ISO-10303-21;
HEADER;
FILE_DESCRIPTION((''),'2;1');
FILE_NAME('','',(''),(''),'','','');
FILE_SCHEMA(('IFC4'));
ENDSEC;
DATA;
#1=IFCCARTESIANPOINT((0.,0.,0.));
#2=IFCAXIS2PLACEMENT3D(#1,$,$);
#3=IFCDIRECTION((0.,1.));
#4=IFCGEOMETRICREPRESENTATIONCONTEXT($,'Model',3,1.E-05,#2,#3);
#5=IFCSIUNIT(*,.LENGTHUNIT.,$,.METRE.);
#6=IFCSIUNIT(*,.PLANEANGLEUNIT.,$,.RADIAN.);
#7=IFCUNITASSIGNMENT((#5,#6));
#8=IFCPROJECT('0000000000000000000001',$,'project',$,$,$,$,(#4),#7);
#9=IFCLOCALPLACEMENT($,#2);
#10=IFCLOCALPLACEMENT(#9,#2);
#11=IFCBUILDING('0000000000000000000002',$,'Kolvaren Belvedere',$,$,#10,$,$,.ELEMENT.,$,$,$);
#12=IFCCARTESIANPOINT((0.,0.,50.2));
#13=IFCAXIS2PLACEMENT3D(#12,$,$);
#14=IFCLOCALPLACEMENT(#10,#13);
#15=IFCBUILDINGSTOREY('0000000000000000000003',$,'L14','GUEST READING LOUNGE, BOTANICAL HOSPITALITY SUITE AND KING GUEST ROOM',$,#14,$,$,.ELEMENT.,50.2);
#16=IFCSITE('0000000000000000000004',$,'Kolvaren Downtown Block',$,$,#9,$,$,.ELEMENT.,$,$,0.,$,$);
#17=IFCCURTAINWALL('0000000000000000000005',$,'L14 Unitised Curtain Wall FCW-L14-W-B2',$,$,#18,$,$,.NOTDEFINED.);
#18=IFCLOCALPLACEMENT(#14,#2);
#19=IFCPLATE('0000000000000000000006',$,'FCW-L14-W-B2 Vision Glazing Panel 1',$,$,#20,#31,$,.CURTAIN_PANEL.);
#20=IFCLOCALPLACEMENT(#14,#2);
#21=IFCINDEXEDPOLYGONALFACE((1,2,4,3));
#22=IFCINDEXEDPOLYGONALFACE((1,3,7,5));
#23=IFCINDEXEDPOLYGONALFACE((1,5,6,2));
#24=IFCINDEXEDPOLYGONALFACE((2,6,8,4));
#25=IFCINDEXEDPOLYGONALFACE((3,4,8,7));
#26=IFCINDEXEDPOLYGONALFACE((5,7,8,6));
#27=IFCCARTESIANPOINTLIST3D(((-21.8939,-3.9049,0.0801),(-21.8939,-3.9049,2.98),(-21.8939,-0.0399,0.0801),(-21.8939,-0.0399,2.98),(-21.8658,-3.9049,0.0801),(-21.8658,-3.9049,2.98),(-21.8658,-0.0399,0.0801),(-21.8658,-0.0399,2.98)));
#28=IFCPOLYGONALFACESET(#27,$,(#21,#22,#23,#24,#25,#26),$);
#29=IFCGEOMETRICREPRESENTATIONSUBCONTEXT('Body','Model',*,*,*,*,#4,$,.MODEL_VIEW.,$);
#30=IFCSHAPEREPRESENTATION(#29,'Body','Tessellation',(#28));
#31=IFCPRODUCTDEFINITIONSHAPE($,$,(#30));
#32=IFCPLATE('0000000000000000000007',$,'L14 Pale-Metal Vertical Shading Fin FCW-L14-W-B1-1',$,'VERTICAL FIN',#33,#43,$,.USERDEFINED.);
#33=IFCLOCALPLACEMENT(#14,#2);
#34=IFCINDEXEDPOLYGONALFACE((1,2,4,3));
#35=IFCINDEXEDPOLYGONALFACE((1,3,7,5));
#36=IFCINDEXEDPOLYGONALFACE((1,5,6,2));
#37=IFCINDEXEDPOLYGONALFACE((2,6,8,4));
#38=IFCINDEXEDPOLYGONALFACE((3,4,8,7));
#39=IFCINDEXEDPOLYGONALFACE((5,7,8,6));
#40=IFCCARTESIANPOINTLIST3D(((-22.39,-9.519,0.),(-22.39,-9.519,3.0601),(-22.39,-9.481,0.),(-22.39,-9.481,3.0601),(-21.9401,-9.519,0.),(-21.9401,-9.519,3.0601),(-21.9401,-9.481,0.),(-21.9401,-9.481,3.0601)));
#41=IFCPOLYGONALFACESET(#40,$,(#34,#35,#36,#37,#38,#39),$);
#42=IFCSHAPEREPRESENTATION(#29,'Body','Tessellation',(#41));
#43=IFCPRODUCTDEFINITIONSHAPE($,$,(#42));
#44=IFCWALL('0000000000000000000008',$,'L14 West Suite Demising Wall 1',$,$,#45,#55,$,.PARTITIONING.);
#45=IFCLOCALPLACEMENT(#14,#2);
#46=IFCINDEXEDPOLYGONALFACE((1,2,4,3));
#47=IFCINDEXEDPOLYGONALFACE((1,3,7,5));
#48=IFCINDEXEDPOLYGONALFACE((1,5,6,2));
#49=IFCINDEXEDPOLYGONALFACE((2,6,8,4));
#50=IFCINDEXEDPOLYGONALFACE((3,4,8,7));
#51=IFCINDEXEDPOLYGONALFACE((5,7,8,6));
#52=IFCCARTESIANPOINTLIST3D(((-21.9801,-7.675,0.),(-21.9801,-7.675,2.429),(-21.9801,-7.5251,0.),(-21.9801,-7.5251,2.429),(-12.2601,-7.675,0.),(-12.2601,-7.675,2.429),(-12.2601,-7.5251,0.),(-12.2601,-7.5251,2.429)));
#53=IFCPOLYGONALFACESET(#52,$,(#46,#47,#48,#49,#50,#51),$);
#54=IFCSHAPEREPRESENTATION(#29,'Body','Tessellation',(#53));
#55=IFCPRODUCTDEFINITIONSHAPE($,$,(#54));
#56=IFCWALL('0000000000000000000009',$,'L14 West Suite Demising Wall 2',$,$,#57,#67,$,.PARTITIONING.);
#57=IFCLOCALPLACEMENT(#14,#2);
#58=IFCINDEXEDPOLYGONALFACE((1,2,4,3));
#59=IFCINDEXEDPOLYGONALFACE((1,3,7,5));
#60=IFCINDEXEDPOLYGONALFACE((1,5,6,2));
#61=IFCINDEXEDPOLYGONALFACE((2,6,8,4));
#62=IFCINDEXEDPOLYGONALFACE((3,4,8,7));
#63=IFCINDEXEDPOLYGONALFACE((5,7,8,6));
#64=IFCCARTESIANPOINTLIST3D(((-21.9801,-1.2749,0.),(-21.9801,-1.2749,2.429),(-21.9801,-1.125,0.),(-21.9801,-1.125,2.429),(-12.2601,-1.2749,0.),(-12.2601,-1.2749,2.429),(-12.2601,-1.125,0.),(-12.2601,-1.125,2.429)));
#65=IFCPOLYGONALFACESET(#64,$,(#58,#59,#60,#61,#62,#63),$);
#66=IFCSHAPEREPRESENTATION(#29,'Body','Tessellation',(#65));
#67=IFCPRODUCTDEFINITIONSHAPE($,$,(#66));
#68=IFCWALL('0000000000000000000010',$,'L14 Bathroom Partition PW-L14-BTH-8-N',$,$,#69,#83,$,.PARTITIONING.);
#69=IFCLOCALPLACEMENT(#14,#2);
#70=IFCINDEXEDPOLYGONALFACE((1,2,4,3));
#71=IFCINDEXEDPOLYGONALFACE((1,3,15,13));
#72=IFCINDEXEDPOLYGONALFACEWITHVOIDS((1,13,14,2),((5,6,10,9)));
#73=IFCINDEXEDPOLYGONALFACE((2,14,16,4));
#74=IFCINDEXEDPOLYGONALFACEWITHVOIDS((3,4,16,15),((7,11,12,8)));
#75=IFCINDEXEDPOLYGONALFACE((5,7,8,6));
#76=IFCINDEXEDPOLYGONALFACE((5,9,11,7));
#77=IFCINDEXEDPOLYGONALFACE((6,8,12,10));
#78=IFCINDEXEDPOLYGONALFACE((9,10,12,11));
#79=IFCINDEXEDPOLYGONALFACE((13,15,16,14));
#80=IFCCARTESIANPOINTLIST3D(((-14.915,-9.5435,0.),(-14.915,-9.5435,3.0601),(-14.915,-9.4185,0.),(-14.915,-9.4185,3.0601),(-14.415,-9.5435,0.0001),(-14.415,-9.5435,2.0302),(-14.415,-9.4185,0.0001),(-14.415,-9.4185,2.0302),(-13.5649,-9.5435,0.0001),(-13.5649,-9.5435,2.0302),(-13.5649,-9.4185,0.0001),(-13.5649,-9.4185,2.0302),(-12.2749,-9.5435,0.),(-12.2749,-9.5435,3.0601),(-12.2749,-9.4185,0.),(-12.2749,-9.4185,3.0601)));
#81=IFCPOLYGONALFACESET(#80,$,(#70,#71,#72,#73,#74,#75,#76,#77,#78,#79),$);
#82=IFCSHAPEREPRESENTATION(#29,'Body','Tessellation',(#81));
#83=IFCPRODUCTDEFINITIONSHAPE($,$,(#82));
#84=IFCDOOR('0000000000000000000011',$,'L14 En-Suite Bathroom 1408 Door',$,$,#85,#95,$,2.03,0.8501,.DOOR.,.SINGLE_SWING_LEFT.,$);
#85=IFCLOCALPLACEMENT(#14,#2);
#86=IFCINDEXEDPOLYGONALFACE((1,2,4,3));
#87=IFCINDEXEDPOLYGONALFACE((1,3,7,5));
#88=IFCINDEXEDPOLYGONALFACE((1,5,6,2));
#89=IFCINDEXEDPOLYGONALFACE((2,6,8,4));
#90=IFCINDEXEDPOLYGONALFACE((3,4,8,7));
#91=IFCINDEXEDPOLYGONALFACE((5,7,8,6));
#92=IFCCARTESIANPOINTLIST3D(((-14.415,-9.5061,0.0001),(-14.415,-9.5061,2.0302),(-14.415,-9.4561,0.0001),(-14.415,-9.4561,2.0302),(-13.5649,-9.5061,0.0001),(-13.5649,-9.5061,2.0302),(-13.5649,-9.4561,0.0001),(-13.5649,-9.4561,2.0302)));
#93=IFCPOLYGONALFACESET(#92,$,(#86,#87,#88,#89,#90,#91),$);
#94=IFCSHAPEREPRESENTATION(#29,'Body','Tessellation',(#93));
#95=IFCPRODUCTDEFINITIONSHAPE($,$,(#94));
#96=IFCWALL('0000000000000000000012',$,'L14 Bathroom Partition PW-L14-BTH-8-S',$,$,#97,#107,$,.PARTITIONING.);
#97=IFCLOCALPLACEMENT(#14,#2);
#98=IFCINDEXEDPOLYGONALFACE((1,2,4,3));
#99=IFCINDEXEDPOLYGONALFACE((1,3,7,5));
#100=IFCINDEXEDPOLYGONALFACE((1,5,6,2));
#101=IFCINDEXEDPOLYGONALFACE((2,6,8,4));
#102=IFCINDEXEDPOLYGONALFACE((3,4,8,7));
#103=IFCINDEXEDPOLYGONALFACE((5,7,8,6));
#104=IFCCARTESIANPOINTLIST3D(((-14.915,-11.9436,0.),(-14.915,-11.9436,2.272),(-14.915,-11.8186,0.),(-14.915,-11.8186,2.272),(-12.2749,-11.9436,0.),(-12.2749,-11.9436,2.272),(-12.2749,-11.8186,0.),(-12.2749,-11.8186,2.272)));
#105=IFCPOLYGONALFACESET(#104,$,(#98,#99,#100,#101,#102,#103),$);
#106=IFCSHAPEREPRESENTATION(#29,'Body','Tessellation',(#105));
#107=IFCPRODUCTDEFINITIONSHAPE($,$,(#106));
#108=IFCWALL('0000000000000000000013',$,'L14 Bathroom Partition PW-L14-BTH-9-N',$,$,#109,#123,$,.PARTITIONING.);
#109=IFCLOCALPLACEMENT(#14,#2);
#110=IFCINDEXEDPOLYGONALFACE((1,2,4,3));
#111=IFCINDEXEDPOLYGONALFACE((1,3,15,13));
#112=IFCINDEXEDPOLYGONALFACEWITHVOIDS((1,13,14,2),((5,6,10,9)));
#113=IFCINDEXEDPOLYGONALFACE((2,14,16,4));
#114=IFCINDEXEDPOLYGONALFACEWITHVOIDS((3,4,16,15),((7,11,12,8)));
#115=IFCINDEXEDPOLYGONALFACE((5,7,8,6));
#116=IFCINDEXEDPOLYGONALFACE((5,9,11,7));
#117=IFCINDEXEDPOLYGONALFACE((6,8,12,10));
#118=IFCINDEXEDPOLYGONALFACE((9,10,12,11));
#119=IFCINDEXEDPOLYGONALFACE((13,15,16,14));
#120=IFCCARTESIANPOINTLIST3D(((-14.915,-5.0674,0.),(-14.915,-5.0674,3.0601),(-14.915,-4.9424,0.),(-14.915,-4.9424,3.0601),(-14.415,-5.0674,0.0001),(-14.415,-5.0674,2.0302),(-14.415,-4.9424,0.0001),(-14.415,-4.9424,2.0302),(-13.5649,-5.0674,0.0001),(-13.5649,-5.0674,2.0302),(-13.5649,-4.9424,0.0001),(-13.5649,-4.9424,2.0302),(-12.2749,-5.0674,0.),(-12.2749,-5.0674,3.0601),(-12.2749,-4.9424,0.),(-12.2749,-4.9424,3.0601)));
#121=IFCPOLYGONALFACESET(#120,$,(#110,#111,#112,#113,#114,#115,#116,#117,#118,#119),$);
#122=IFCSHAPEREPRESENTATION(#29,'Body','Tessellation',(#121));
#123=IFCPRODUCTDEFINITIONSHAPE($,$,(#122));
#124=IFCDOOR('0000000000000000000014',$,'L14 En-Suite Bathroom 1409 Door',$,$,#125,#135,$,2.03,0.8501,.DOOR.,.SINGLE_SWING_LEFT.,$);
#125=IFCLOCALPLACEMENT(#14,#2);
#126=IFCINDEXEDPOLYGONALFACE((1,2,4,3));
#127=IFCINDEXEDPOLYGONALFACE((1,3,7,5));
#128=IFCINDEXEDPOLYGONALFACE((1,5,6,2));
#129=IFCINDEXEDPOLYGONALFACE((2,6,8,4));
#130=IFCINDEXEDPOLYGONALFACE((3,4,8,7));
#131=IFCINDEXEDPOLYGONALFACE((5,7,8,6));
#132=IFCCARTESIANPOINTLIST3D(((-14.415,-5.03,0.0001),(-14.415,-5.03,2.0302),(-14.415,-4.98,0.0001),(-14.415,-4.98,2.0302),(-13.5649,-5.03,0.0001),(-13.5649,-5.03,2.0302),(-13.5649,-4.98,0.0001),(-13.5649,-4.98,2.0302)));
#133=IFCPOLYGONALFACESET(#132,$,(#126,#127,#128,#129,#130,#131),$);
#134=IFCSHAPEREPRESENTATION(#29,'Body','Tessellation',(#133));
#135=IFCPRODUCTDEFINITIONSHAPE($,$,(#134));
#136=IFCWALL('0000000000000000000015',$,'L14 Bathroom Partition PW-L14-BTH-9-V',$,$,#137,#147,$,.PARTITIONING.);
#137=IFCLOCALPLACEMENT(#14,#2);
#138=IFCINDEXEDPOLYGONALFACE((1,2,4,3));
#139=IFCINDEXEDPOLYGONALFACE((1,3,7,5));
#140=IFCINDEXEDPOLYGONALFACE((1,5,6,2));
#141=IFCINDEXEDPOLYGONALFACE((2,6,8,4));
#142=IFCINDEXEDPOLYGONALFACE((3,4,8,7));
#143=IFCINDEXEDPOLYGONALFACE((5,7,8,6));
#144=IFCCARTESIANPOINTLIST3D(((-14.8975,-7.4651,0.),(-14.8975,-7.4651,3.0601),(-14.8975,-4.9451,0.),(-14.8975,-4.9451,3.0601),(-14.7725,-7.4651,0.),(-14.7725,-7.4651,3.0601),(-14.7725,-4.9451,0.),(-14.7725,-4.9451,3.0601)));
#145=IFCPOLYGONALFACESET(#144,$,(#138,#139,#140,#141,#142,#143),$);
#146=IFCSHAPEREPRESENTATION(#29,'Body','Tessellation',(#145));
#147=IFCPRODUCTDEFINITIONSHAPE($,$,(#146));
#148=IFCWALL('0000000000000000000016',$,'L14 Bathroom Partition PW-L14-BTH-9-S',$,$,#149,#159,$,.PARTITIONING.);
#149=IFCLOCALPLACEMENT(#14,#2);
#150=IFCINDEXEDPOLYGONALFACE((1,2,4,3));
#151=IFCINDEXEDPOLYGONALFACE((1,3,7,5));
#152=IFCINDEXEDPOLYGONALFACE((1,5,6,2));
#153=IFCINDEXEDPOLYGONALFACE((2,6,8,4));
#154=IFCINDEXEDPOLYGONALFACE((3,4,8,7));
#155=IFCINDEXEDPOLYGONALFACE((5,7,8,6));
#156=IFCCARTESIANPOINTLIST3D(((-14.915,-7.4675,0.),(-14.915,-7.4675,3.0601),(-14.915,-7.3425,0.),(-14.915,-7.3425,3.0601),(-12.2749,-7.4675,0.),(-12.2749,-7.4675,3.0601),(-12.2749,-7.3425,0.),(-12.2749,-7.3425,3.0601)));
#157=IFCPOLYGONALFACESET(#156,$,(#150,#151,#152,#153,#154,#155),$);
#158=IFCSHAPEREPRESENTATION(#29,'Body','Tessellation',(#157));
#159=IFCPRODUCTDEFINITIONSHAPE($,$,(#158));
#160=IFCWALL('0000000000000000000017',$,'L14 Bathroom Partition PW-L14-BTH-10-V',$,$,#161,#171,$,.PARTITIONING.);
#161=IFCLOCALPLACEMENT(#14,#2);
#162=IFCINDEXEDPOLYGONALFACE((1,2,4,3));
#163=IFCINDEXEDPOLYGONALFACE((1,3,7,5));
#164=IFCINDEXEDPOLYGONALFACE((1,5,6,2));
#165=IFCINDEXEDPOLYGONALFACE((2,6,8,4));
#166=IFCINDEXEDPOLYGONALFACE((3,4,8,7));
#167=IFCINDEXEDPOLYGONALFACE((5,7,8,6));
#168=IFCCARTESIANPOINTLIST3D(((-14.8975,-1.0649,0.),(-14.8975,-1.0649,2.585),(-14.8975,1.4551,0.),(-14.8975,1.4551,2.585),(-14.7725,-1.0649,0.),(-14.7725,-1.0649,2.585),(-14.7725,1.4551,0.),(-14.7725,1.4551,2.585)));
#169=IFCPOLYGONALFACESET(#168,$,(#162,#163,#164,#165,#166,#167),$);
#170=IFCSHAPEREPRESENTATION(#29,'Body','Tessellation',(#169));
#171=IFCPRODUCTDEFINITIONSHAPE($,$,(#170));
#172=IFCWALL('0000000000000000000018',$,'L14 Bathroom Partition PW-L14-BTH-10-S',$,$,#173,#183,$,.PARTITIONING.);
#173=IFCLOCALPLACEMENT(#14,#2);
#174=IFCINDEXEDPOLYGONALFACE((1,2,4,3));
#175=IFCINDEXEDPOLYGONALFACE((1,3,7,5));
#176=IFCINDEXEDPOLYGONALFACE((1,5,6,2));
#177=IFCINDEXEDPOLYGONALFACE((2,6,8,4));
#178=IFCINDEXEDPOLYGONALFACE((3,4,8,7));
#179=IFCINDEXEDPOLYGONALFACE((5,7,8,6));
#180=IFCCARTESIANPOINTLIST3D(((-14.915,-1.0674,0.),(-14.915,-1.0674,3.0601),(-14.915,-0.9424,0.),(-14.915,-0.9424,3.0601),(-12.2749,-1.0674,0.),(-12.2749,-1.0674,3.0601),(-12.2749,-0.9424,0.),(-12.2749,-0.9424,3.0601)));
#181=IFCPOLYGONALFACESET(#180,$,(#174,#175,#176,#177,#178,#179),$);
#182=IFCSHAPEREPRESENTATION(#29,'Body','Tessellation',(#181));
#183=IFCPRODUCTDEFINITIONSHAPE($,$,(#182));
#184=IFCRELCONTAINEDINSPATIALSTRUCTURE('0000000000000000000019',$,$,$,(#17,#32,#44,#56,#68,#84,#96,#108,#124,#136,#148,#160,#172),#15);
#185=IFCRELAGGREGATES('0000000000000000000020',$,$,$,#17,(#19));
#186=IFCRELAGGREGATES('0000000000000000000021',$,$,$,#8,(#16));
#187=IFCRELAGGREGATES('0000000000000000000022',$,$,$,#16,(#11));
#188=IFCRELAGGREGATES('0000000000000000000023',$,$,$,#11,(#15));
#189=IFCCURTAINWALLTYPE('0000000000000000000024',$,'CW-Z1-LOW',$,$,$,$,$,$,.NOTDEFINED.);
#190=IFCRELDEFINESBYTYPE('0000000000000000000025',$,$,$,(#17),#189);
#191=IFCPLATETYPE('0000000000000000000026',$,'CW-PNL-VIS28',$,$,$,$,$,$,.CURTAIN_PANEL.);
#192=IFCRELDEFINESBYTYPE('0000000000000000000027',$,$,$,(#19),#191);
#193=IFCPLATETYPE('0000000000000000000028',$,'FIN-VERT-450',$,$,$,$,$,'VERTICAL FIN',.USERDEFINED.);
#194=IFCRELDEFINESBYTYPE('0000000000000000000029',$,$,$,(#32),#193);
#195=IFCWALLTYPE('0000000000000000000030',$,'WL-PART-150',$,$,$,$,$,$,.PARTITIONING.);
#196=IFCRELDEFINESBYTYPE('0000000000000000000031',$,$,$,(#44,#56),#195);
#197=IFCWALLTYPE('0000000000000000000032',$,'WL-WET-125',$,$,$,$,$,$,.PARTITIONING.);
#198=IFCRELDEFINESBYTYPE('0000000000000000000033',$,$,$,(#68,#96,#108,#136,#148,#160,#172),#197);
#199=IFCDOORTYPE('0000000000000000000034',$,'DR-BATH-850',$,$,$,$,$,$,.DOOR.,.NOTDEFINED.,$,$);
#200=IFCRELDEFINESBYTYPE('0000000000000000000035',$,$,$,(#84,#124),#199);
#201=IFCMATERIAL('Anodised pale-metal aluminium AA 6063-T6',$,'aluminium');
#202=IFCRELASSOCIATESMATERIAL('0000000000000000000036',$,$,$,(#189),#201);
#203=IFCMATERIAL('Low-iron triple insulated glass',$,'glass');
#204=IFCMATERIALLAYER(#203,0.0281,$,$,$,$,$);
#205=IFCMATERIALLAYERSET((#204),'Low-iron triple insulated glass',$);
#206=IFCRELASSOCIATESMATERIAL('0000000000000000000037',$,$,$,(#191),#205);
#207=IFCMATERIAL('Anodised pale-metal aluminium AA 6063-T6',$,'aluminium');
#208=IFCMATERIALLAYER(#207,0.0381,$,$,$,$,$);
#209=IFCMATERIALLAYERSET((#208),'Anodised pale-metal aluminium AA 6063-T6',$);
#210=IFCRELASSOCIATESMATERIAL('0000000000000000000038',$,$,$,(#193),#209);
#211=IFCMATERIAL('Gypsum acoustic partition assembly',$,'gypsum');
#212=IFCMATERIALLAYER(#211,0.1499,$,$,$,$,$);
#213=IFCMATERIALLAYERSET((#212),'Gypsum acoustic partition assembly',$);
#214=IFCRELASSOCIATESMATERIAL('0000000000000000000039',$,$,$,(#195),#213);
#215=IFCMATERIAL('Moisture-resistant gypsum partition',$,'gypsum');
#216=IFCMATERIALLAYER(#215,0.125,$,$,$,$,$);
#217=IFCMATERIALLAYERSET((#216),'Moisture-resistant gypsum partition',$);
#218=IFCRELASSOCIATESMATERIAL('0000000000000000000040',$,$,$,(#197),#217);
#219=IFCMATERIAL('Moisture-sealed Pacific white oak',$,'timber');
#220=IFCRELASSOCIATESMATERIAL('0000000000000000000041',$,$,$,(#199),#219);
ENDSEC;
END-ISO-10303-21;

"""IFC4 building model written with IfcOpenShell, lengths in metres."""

from ifc_helpers import new_model, si_unit, direction, frame, frame_2d, origin, origin_2d, place, context, subcontext, project, spatial, rectangle, extrude, material, layer, layer_set, type_object, element, fill, aggregate, save


model = new_model("IFC4")

# Units and contexts
model_context = context("Model", 3, precision=1e-05, world=origin(), true_north=direction((0.0, 1.0)))
body_context = subcontext(model_context, "Body", "Model", "MODEL_VIEW")
ifc_project = project(units=[si_unit("LENGTHUNIT", "METRE"), si_unit("PLANEANGLEUNIT", "RADIAN")], contexts=[model_context])

# Site, building, storey
site_placement = place(None, origin())
site = spatial("IfcSite", under=ifc_project, at=site_placement, Name="Kolvaren Downtown Block", CompositionType="ELEMENT", RefElevation=0.0)
building_placement = place(site_placement, origin())
building = spatial("IfcBuilding", under=site, at=building_placement, Name="Kolvaren Belvedere", CompositionType="ELEMENT")
storey_placement = place(building_placement, frame((0.0, 0.0, 50.2)))
storey = spatial("IfcBuildingStorey", under=building, at=storey_placement, Name="L14", Description="GUEST READING LOUNGE, BOTANICAL HOSPITALITY SUITE AND KING GUEST ROOM", CompositionType="ELEMENT", Elevation=50.2)

# Curtain wall
ifc_material_1 = material(Name="Anodised pale-metal aluminium AA 6063-T6", Category="aluminium")
curtain_wall_type = type_object("IfcCurtainWallType", Name="CW-Z1-LOW", PredefinedType="NOTDEFINED", material=ifc_material_1)
curtain_wall_1_placement = place(storey_placement, origin())
curtain_wall_1 = element("IfcCurtainWall", 1, at=curtain_wall_1_placement, inside=storey, type_object=curtain_wall_type, Name="L14 Unitised Curtain Wall FCW-L14-W-B2", PredefinedType="NOTDEFINED")

# Plates
ifc_material_2 = material(Name="Low-iron triple insulated glass", Category="glass")
ifc_layer_1 = layer(ifc_material_2, 0.0281)
ifc_layer_set_1 = layer_set([ifc_layer_1], Name="Low-iron triple insulated glass")
plate_type_1 = type_object("IfcPlateType", Name="CW-PNL-VIS28", PredefinedType="CURTAIN_PANEL", material=ifc_layer_set_1)
plate_1_placement = place(storey_placement, frame((-21.8799, -1.9724, 0.0801), z_axis=(0.0, 0.0, 1.0), x_axis=(0.0, 1.0, 0.0)))
plate_1 = element("IfcPlate", 2, at=plate_1_placement, type_object=plate_type_1, Name="FCW-L14-W-B2 Vision Glazing Panel 1", PredefinedType="CURTAIN_PANEL", context=body_context, shape_type="SweptSolid", body=[
    extrude(rectangle(XDim=3.865, YDim=0.0281, at=origin_2d()), origin(), (0.0, 0.0, 1.0), 2.8999),
])
aggregate(curtain_wall_1, [plate_1])
ifc_material_3 = material(Name="Anodised pale-metal aluminium AA 6063-T6", Category="aluminium")
ifc_layer_2 = layer(ifc_material_3, 0.0381)
ifc_layer_set_2 = layer_set([ifc_layer_2], Name="Anodised pale-metal aluminium AA 6063-T6")
plate_type_2 = type_object("IfcPlateType", Name="FIN-VERT-450", ElementType="VERTICAL FIN", PredefinedType="USERDEFINED", material=ifc_layer_set_2)
plate_2_placement = place(storey_placement, frame((-22.165, -9.5, 0.0), z_axis=(0.0, 0.0, 1.0), x_axis=(1.0, 0.0, 0.0)))
element("IfcPlate", 3, at=plate_2_placement, inside=storey, type_object=plate_type_2, Name="L14 Pale-Metal Vertical Shading Fin FCW-L14-W-B1-1", ObjectType="VERTICAL FIN", PredefinedType="USERDEFINED", context=body_context, shape_type="SweptSolid", body=[
    extrude(rectangle(XDim=0.45, YDim=0.0381, at=origin_2d()), origin(), (0.0, 0.0, 1.0), 3.0601),
])

# Walls
ifc_material_4 = material(Name="Gypsum acoustic partition assembly", Category="gypsum")
ifc_layer_3 = layer(ifc_material_4, 0.1499)
ifc_layer_set_3 = layer_set([ifc_layer_3], Name="Gypsum acoustic partition assembly")
wall_type_1 = type_object("IfcWallType", Name="WL-PART-150", PredefinedType="PARTITIONING", material=ifc_layer_set_3)
for number, where, z_axis, x_axis, name in (
    (4, (-21.98, -7.6001, 0.0), (0.0, 0.0, 1.0), (1.0, 0.0, 0.0), "L14 West Suite Demising Wall 1"),
    (5, (-21.98, -1.2, 0.0), (0.0, 0.0, 1.0), (1.0, 0.0, 0.0), "L14 West Suite Demising Wall 2"),
):
    element("IfcWall", number, at=place(storey_placement, frame(where, z_axis=z_axis, x_axis=x_axis)), inside=storey, type_object=wall_type_1, Name=name, PredefinedType="PARTITIONING", context=body_context, shape_type="SweptSolid", body=[
        extrude(rectangle(XDim=9.72, YDim=0.1499, at=frame_2d((4.8599, 0.0))), origin(), (0.0, 0.0, 1.0), 2.429),
    ])

# Wall, opening, door
ifc_material_5 = material(Name="Moisture-resistant gypsum partition", Category="gypsum")
ifc_layer_4 = layer(ifc_material_5, 0.125)
ifc_layer_set_4 = layer_set([ifc_layer_4], Name="Moisture-resistant gypsum partition")
wall_type_2 = type_object("IfcWallType", Name="WL-WET-125", PredefinedType="PARTITIONING", material=ifc_layer_set_4)
wall_1_placement = place(storey_placement, frame((-14.915, -9.481, 0.0), z_axis=(0.0, 0.0, 1.0), x_axis=(1.0, 0.0, 0.0)))
wall_1 = element("IfcWall", 6, at=wall_1_placement, inside=storey, type_object=wall_type_2, Name="L14 Bathroom Partition PW-L14-BTH-8-N", PredefinedType="PARTITIONING", context=body_context, shape_type="SweptSolid", body=[
    extrude(rectangle(XDim=2.6401, YDim=0.125, at=frame_2d((1.3201, 0.0))), origin(), (0.0, 0.0, 1.0), 3.0601),
])
opening_1_placement = place(wall_1_placement, frame((0.5, 0.0, 0.0)))
opening_1 = element("IfcOpeningElement", 7, at=opening_1_placement, cuts=wall_1, PredefinedType="OPENING", context=body_context, shape_type="SweptSolid", body=[
    extrude(rectangle(XDim=0.8501, YDim=2.03, at=frame_2d((0.425, 1.0151))), frame((0.0, 0.0725, 0.0), z_axis=(0.0, -1.0, 0.0), x_axis=(1.0, 0.0, 0.0)), (0.0, 0.0, 1.0), 0.145),
])
ifc_material_6 = material(Name="Moisture-sealed Pacific white oak", Category="timber")
door_type = type_object("IfcDoorType", Name="DR-BATH-850", OperationType="NOTDEFINED", PredefinedType="DOOR", material=ifc_material_6)
door_1_placement = place(opening_1_placement, origin())
door_1 = element("IfcDoor", 8, at=door_1_placement, inside=storey, type_object=door_type, Name="L14 En-Suite Bathroom 1408 Door", OperationType="SINGLE_SWING_LEFT", OverallHeight=2.03, OverallWidth=0.8501, PredefinedType="DOOR", context=body_context, shape_type="SweptSolid", body=[
    extrude(rectangle(XDim=0.8501, YDim=2.03, at=frame_2d((0.425, 1.0151))), frame((0.0, 0.0249, 0.0), z_axis=(0.0, -1.0, 0.0), x_axis=(1.0, 0.0, 0.0)), (0.0, 0.0, 1.0), 0.05),
])
fill(opening_1, door_1)

# Wall
wall_2_placement = place(storey_placement, frame((-14.915, -11.8811, 0.0), z_axis=(0.0, 0.0, 1.0), x_axis=(1.0, 0.0, 0.0)))
element("IfcWall", 9, at=wall_2_placement, inside=storey, type_object=wall_type_2, Name="L14 Bathroom Partition PW-L14-BTH-8-S", PredefinedType="PARTITIONING", context=body_context, shape_type="SweptSolid", body=[
    extrude(rectangle(XDim=2.6401, YDim=0.125, at=frame_2d((1.3201, 0.0))), origin(), (0.0, 0.0, 1.0), 2.272),
])

# Wall, opening, door
wall_3_placement = place(storey_placement, frame((-14.915, -5.0049, 0.0), z_axis=(0.0, 0.0, 1.0), x_axis=(1.0, 0.0, 0.0)))
wall_3 = element("IfcWall", 10, at=wall_3_placement, inside=storey, type_object=wall_type_2, Name="L14 Bathroom Partition PW-L14-BTH-9-N", PredefinedType="PARTITIONING", context=body_context, shape_type="SweptSolid", body=[
    extrude(rectangle(XDim=2.6401, YDim=0.125, at=frame_2d((1.3201, 0.0))), origin(), (0.0, 0.0, 1.0), 3.0601),
])
opening_2_placement = place(wall_3_placement, frame((0.5, 0.0, 0.0)))
opening_2 = element("IfcOpeningElement", 11, at=opening_2_placement, cuts=wall_3, PredefinedType="OPENING", context=body_context, shape_type="SweptSolid", body=[
    extrude(rectangle(XDim=0.8501, YDim=2.03, at=frame_2d((0.425, 1.0151))), frame((0.0, 0.0725, 0.0), z_axis=(0.0, -1.0, 0.0), x_axis=(1.0, 0.0, 0.0)), (0.0, 0.0, 1.0), 0.145),
])
door_2_placement = place(opening_2_placement, origin())
door_2 = element("IfcDoor", 12, at=door_2_placement, inside=storey, type_object=door_type, Name="L14 En-Suite Bathroom 1409 Door", OperationType="SINGLE_SWING_LEFT", OverallHeight=2.03, OverallWidth=0.8501, PredefinedType="DOOR", context=body_context, shape_type="SweptSolid", body=[
    extrude(rectangle(XDim=0.8501, YDim=2.03, at=frame_2d((0.425, 1.0151))), frame((0.0, 0.0249, 0.0), z_axis=(0.0, -1.0, 0.0), x_axis=(1.0, 0.0, 0.0)), (0.0, 0.0, 1.0), 0.05),
])
fill(opening_2, door_2)

# Walls
wall_4_placement = place(storey_placement, frame((-14.835, -7.4651, 0.0), z_axis=(0.0, 0.0, 1.0), x_axis=(0.0, 1.0, 0.0)))
element("IfcWall", 13, at=wall_4_placement, inside=storey, type_object=wall_type_2, Name="L14 Bathroom Partition PW-L14-BTH-9-V", PredefinedType="PARTITIONING", context=body_context, shape_type="SweptSolid", body=[
    extrude(rectangle(XDim=2.52, YDim=0.125, at=frame_2d((1.26, 0.0))), origin(), (0.0, 0.0, 1.0), 3.0601),
])
wall_5_placement = place(storey_placement, frame((-14.915, -7.405, 0.0), z_axis=(0.0, 0.0, 1.0), x_axis=(1.0, 0.0, 0.0)))
element("IfcWall", 14, at=wall_5_placement, inside=storey, type_object=wall_type_2, Name="L14 Bathroom Partition PW-L14-BTH-9-S", PredefinedType="PARTITIONING", context=body_context, shape_type="SweptSolid", body=[
    extrude(rectangle(XDim=2.6401, YDim=0.125, at=frame_2d((1.3201, 0.0))), origin(), (0.0, 0.0, 1.0), 3.0601),
])
wall_6_placement = place(storey_placement, frame((-14.835, -1.0649, 0.0), z_axis=(0.0, 0.0, 1.0), x_axis=(0.0, 1.0, 0.0)))
element("IfcWall", 15, at=wall_6_placement, inside=storey, type_object=wall_type_2, Name="L14 Bathroom Partition PW-L14-BTH-10-V", PredefinedType="PARTITIONING", context=body_context, shape_type="SweptSolid", body=[
    extrude(rectangle(XDim=2.52, YDim=0.125, at=frame_2d((1.26, 0.0))), origin(), (0.0, 0.0, 1.0), 2.585),
])
wall_7_placement = place(storey_placement, frame((-14.915, -1.0049, 0.0), z_axis=(0.0, 0.0, 1.0), x_axis=(1.0, 0.0, 0.0)))
element("IfcWall", 16, at=wall_7_placement, inside=storey, type_object=wall_type_2, Name="L14 Bathroom Partition PW-L14-BTH-10-S", PredefinedType="PARTITIONING", context=body_context, shape_type="SweptSolid", body=[
    extrude(rectangle(XDim=2.6401, YDim=0.125, at=frame_2d((1.3201, 0.0))), origin(), (0.0, 0.0, 1.0), 3.0601),
])

save(model, "model.ifc")
